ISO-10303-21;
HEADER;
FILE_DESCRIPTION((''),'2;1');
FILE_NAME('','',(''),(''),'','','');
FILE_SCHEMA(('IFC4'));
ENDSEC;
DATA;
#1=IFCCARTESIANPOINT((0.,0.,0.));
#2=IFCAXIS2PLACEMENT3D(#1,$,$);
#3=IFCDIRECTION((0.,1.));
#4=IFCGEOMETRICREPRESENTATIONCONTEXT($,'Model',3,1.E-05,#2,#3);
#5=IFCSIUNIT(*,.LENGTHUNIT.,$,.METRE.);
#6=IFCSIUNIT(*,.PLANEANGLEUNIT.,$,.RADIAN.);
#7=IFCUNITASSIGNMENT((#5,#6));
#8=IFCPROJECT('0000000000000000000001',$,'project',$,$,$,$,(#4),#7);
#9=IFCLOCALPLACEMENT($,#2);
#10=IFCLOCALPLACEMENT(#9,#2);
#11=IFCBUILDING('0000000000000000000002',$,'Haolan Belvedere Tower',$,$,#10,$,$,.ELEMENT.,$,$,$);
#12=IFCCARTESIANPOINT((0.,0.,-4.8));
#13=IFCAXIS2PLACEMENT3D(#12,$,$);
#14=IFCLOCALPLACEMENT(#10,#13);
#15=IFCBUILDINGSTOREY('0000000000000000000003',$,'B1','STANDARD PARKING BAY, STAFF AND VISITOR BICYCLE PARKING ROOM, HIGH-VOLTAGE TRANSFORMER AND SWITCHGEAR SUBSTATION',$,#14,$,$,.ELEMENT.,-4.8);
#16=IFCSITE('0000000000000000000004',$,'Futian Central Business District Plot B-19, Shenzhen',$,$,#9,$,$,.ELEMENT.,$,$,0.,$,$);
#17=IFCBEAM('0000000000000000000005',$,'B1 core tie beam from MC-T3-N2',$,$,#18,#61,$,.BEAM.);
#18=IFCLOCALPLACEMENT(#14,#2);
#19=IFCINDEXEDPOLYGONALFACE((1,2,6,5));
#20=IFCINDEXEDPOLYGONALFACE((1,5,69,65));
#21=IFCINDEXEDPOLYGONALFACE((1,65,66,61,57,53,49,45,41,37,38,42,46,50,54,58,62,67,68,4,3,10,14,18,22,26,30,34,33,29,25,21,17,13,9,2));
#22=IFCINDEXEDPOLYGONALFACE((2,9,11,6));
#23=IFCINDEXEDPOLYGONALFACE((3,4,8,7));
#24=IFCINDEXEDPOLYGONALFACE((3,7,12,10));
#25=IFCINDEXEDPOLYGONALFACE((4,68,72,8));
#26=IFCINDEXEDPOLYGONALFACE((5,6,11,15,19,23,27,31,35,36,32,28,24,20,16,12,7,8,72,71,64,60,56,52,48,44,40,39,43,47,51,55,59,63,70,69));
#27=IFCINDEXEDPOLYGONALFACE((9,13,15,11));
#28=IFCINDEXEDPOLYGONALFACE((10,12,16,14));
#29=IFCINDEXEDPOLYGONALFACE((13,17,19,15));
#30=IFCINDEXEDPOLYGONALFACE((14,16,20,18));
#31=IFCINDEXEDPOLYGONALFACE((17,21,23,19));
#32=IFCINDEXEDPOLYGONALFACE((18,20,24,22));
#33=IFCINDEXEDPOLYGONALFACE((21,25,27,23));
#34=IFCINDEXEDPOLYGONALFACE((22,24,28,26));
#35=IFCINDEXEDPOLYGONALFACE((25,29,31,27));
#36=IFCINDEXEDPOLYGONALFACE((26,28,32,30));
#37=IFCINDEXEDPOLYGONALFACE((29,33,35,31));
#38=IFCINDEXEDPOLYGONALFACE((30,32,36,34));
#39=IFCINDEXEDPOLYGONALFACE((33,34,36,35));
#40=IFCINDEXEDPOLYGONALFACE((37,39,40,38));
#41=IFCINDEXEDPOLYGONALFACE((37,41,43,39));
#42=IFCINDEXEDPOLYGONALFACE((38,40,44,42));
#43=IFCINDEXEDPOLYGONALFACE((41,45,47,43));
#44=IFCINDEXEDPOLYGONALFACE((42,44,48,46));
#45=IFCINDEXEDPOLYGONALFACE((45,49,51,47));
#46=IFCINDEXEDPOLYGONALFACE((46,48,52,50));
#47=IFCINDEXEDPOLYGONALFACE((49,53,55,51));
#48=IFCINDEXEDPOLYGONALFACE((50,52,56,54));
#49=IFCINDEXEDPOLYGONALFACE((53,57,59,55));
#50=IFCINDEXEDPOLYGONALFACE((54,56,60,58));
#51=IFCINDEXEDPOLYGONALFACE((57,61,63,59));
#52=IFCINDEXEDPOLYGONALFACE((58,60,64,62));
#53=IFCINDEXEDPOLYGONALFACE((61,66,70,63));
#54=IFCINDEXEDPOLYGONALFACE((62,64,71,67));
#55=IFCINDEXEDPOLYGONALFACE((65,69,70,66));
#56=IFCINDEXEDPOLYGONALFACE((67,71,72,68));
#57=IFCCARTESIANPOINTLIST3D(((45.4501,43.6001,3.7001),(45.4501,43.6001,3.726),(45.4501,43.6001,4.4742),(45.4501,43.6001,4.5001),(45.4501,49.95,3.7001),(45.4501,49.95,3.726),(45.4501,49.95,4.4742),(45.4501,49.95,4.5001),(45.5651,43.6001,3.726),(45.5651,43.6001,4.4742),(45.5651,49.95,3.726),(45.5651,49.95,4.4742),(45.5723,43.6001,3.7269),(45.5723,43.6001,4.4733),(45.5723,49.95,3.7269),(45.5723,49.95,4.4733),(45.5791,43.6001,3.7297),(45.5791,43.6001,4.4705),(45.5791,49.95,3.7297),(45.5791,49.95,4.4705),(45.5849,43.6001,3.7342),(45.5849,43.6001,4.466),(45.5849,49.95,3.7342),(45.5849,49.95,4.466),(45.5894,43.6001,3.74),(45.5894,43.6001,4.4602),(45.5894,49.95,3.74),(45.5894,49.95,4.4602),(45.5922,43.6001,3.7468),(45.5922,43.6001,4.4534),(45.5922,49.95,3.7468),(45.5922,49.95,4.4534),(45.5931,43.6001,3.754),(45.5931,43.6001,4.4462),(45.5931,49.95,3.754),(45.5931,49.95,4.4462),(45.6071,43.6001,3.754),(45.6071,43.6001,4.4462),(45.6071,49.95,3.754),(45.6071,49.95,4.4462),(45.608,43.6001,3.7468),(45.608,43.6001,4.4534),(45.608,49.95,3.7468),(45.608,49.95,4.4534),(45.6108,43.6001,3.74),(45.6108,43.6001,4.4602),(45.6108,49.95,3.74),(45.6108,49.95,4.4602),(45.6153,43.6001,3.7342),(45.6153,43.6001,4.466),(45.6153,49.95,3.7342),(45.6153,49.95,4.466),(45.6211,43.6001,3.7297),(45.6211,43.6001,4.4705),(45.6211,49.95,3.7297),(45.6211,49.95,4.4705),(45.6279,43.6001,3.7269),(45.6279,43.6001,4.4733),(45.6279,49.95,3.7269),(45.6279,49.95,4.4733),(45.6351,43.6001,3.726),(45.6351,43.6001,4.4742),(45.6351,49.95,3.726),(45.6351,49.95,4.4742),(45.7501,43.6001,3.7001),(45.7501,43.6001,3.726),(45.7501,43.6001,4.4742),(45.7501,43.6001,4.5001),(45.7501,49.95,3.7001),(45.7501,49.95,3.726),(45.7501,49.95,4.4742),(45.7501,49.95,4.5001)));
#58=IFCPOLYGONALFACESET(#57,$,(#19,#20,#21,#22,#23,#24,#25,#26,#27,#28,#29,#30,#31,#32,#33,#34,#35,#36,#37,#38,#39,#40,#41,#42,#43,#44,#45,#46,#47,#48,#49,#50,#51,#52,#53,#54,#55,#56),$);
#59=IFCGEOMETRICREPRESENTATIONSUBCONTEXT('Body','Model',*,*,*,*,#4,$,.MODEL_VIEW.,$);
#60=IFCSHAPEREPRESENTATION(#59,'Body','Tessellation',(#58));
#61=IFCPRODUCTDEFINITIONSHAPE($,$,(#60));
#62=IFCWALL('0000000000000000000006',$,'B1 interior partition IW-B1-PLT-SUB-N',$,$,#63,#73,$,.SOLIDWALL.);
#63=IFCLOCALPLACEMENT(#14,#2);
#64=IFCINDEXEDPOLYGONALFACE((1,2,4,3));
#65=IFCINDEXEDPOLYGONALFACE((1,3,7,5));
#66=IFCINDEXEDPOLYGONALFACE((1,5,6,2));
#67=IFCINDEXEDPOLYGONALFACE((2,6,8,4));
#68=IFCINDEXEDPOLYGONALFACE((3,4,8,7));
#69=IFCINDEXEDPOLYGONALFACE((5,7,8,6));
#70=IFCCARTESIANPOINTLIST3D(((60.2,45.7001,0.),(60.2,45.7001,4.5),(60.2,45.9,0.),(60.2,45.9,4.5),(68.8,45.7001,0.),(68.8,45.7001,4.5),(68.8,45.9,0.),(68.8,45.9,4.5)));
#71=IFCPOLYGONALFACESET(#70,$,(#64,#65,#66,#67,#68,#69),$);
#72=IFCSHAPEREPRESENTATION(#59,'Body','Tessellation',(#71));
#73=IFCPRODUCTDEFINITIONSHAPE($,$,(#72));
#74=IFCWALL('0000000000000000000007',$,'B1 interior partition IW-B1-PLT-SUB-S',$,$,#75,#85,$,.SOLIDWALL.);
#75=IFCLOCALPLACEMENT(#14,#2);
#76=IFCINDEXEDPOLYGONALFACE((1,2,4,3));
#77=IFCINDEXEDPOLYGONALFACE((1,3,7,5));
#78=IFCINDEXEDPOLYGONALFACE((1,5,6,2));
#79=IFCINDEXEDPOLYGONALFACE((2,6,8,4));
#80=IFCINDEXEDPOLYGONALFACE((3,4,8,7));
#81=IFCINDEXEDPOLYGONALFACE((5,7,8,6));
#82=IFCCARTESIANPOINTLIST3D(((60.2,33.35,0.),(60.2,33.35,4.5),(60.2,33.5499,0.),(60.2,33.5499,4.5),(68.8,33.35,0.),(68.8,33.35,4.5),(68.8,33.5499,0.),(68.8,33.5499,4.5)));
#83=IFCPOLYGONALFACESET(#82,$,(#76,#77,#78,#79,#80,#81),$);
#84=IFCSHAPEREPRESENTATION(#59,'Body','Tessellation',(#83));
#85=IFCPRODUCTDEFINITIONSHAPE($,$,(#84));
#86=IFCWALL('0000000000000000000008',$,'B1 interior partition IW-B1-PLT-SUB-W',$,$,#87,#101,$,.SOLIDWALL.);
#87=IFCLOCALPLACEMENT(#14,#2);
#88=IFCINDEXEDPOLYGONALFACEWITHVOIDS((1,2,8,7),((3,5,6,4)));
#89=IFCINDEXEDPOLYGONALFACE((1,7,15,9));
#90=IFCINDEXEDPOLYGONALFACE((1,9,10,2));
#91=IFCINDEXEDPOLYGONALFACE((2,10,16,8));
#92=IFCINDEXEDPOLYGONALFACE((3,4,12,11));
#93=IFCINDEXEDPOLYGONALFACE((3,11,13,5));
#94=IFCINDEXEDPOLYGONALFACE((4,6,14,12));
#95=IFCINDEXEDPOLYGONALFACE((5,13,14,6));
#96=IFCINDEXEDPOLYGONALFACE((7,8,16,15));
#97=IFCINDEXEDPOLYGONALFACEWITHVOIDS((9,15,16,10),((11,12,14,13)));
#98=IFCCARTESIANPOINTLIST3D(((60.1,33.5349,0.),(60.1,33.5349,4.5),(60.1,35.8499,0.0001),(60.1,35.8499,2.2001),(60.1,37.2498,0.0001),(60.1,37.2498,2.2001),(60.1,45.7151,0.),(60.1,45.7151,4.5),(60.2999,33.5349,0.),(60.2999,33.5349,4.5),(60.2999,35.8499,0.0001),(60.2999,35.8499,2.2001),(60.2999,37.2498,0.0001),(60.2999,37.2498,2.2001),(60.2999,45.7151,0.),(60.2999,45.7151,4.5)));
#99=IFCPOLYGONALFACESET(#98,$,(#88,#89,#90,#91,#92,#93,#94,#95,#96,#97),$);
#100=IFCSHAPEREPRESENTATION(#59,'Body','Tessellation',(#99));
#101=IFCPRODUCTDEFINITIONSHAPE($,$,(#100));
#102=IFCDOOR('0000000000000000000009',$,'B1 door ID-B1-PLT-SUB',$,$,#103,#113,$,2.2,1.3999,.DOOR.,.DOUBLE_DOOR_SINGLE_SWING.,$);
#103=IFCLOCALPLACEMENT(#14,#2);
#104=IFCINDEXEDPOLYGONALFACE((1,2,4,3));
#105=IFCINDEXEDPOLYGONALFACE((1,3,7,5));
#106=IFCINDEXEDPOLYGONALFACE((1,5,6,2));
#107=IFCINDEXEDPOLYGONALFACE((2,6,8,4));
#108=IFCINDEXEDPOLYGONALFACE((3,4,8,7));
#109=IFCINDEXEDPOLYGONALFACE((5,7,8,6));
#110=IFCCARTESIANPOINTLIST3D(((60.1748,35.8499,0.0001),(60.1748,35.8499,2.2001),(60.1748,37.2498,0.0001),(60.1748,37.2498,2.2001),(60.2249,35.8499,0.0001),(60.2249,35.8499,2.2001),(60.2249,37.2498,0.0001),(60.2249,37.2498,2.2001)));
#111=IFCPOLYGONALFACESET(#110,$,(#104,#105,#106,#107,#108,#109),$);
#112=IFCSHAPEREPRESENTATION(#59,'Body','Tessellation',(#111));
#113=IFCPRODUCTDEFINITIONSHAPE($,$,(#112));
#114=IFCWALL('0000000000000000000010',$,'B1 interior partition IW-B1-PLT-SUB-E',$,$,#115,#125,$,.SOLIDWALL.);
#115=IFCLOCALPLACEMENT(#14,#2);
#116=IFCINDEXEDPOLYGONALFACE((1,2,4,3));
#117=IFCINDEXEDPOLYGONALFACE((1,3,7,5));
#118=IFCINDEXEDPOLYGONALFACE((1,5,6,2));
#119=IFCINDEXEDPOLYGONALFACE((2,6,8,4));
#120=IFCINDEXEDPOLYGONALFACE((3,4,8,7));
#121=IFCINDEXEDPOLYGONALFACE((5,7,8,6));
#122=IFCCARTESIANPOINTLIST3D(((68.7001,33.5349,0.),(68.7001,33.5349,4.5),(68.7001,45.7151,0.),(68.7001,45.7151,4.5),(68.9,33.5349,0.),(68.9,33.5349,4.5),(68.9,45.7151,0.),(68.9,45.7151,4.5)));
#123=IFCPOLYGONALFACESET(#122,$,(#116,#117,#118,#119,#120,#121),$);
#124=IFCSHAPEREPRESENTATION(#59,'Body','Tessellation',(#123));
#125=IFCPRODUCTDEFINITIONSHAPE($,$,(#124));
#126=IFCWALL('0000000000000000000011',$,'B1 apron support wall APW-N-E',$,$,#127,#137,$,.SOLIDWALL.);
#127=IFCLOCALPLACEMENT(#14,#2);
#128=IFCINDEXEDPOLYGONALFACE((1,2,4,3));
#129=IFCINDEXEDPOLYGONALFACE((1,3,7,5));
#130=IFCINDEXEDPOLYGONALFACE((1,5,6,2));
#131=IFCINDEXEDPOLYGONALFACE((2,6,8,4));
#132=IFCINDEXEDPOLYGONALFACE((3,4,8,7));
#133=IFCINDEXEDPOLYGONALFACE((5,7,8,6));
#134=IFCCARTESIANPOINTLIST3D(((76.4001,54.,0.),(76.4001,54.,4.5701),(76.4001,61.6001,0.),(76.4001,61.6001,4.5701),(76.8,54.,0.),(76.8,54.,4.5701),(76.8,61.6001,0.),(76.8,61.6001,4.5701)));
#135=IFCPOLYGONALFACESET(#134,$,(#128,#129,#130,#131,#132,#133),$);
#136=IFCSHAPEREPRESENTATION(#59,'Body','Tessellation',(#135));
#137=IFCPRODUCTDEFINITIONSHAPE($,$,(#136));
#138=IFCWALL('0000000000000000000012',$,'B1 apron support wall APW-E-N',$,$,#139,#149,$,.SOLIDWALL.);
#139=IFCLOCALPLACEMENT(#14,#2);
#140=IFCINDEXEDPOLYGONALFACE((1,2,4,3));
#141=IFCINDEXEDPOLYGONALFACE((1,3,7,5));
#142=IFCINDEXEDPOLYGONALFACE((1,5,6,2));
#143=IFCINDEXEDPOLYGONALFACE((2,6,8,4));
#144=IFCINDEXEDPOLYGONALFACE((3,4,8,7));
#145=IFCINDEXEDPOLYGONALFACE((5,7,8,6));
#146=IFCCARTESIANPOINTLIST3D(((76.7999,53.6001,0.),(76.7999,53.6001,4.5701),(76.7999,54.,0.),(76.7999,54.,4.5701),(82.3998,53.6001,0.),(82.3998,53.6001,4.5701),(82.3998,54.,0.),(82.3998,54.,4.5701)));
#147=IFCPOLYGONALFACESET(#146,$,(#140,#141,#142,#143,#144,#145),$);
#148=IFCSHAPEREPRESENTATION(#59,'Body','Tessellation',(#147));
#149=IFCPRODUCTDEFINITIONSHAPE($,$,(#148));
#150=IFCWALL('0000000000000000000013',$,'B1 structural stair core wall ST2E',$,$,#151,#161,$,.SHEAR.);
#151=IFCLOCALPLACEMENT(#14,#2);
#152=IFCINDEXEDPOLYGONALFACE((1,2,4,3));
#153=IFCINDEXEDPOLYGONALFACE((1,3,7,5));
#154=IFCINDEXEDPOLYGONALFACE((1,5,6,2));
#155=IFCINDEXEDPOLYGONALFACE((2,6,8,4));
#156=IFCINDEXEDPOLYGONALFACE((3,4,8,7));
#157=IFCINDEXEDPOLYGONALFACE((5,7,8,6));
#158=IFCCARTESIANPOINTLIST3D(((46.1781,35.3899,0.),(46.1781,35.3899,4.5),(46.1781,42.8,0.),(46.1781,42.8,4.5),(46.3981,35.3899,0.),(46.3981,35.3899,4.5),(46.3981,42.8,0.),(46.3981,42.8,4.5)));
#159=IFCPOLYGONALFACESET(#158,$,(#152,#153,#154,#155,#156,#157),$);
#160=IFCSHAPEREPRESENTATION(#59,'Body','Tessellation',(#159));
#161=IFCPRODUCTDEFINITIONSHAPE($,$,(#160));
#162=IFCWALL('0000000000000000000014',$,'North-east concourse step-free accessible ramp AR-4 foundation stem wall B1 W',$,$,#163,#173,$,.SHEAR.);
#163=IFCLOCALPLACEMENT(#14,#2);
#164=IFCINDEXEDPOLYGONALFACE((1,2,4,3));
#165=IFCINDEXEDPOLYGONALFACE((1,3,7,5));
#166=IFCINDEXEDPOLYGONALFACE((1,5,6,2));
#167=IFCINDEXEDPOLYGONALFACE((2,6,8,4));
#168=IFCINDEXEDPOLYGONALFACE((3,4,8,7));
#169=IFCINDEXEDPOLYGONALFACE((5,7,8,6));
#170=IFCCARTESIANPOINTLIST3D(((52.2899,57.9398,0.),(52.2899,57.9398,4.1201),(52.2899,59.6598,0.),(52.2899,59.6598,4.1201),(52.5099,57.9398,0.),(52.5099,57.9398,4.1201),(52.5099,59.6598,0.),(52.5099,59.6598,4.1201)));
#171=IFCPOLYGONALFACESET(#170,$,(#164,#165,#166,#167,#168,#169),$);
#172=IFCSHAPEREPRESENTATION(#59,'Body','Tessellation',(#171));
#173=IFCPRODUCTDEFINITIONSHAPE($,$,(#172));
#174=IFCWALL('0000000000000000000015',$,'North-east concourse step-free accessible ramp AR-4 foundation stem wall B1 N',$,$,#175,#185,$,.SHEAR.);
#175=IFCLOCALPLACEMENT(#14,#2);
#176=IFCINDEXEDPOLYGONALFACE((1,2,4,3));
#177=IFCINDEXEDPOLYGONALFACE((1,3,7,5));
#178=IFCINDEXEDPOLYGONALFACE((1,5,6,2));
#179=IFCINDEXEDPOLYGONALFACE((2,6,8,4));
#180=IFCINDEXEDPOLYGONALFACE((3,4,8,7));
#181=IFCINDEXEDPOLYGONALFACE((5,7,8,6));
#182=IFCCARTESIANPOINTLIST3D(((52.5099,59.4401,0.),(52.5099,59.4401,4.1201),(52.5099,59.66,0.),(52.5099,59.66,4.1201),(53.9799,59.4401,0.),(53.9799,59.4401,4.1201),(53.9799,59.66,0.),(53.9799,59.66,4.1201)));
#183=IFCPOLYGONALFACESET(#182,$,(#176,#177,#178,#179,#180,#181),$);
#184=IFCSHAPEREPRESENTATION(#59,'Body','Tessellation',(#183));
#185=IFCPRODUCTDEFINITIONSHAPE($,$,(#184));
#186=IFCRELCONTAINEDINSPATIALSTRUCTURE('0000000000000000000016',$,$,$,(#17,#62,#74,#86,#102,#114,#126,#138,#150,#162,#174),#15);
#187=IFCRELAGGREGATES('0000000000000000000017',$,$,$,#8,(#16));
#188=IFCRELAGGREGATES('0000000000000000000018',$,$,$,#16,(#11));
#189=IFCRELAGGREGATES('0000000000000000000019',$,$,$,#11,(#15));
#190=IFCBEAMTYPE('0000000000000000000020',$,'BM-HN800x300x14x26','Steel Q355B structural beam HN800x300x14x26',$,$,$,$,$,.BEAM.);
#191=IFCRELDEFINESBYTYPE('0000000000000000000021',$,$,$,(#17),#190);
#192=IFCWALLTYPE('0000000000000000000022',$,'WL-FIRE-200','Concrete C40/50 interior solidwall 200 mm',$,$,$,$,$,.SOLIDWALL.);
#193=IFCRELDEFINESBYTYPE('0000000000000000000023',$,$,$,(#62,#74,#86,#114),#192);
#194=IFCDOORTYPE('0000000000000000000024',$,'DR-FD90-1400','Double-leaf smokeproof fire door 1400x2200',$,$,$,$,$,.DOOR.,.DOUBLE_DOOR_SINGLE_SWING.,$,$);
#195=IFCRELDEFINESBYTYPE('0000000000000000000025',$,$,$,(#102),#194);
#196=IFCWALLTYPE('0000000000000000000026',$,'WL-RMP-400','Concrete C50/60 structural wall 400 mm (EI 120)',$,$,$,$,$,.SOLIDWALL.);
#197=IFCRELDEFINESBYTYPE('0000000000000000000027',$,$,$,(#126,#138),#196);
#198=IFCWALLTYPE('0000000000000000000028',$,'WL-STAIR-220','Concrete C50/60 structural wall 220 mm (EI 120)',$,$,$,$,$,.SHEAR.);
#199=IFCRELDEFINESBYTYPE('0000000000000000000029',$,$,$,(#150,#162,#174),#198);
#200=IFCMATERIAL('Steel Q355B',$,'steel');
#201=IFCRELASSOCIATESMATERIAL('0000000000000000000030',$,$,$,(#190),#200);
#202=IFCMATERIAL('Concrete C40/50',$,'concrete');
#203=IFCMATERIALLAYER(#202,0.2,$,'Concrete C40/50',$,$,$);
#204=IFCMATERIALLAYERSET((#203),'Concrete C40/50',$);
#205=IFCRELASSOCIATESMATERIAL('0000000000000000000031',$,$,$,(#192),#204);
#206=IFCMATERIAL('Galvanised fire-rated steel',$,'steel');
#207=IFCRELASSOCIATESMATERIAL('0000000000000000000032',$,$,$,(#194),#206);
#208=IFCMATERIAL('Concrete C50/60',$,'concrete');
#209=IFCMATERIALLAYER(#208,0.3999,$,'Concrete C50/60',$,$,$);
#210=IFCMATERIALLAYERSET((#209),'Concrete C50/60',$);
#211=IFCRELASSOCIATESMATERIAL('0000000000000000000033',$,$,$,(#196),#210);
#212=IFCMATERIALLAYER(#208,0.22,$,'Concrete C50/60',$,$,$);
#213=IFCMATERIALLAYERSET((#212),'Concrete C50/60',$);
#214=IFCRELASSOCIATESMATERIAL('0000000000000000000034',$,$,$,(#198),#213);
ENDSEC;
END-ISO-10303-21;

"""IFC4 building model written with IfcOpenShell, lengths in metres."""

from ifc_helpers import new_model, si_unit, direction, frame, frame_2d, origin, origin_2d, place, context, subcontext, project, spatial, rectangle, i_section, extrude, material, layer, layer_set, material_profile, profile_set, type_object, element, fill, save


model = new_model("IFC4")

# Units and contexts
model_context = context("Model", 3, precision=1e-05, world=origin(), true_north=direction((0.0, 1.0)))
body_context = subcontext(model_context, "Body", "Model", "MODEL_VIEW")
ifc_project = project(units=[si_unit("LENGTHUNIT", "METRE"), si_unit("PLANEANGLEUNIT", "RADIAN")], contexts=[model_context])

# Site, building, storey
site_placement = place(None, origin())
site = spatial("IfcSite", under=ifc_project, at=site_placement, Name="Futian Central Business District Plot B-19, Shenzhen", CompositionType="ELEMENT", RefElevation=0.0)
building_placement = place(site_placement, origin())
building = spatial("IfcBuilding", under=site, at=building_placement, Name="Haolan Belvedere Tower", CompositionType="ELEMENT")
storey_placement = place(building_placement, frame((0.0, 0.0, -4.8)))
storey = spatial("IfcBuildingStorey", under=building, at=storey_placement, Name="B1", Description="STANDARD PARKING BAY, STAFF AND VISITOR BICYCLE PARKING ROOM, HIGH-VOLTAGE TRANSFORMER AND SWITCHGEAR SUBSTATION", CompositionType="ELEMENT", Elevation=-4.8)

# Shared definitions
ifc_material_1 = material(Name="Steel Q355B", Category="steel")
ifc_material_2 = material(Name="Concrete C50/60", Category="concrete")

# Beam
ifc_material_profile_1 = material_profile(ifc_material_1, i_section(OverallWidth=0.3, OverallDepth=0.8, WebThickness=0.0139, FlangeThickness=0.0259, FilletRadius=0.0281, at=origin_2d()), Name="Steel Q355B")
ifc_profile_set_1 = profile_set([ifc_material_profile_1], Name="Steel Q355B")
beam_type_1 = type_object("IfcBeamType", Name="BM-HN800x300x14x26", Description="Steel Q355B structural beam HN800x300x14x26", PredefinedType="BEAM", material=ifc_profile_set_1)
beam_1_placement = place(storey_placement, frame((45.6001, 49.95, 4.1001), z_axis=(0.0, -1.0, 0.0), x_axis=(1.0, 0.0, 0.0)))
element("IfcBeam", 1, at=beam_1_placement, inside=storey, type_object=beam_type_1, Name="B1 core tie beam from MC-T3-N2", PredefinedType="BEAM", context=body_context, shape_type="SweptSolid", body=[
    extrude(i_section(OverallWidth=0.3, OverallDepth=0.8, WebThickness=0.0139, FlangeThickness=0.0259, FilletRadius=0.0281, at=origin_2d()), origin(), (0.0, 0.0, 1.0), 6.3499),
])

# Shared definitions
ifc_material_3 = material(Name="Concrete C40/50", Category="concrete")
ifc_layer_1 = layer(ifc_material_3, 0.2, Name="Concrete C40/50")
ifc_layer_set_1 = layer_set([ifc_layer_1], Name="Concrete C40/50")
wall_type_1 = type_object("IfcWallType", Name="WL-FIRE-200", Description="Concrete C40/50 interior solidwall 200 mm", PredefinedType="SOLIDWALL", material=ifc_layer_set_1)
ifc_material_4 = material(Name="Galvanised fire-rated steel", Category="steel")

# Walls
for number, where, z_axis, x_axis, name in (
    (2, (60.2, 45.8, 0.0), (0.0, 0.0, 1.0), (1.0, 0.0, 0.0), "B1 interior partition IW-B1-PLT-SUB-N"),
    (3, (60.2, 33.45, 0.0), (0.0, 0.0, 1.0), (1.0, 0.0, 0.0), "B1 interior partition IW-B1-PLT-SUB-S"),
):
    element("IfcWall", number, at=place(storey_placement, frame(where, z_axis=z_axis, x_axis=x_axis)), inside=storey, type_object=wall_type_1, Name=name, PredefinedType="SOLIDWALL", context=body_context, shape_type="SweptSolid", body=[
        extrude(rectangle(XDim=8.6001, YDim=0.2, at=frame_2d((4.3, 0.0))), origin(), (0.0, 0.0, 1.0), 4.5),
    ])

# Wall, opening, door
wall_1_placement = place(storey_placement, frame((60.2, 33.5349, 0.0), z_axis=(0.0, 0.0, 1.0), x_axis=(0.0, 1.0, 0.0)))
wall_1 = element("IfcWall", 4, at=wall_1_placement, inside=storey, type_object=wall_type_1, Name="B1 interior partition IW-B1-PLT-SUB-W", PredefinedType="SOLIDWALL", context=body_context, shape_type="SweptSolid", body=[
    extrude(rectangle(XDim=12.1802, YDim=0.2, at=frame_2d((6.0901, 0.0))), origin(), (0.0, 0.0, 1.0), 4.5),
])
opening_1_placement = place(wall_1_placement, frame((3.7148, 0.0, 0.0), z_axis=(0.0, 0.0, 1.0), x_axis=(-1.0, 0.0, 0.0)))
opening_1 = element("IfcOpeningElement", 5, at=opening_1_placement, cuts=wall_1, PredefinedType="OPENING", context=body_context, shape_type="SweptSolid", body=[
    extrude(rectangle(XDim=1.3999, YDim=2.2, at=frame_2d((0.7, 1.1001))), frame((0.0, 0.1099, 0.0), z_axis=(0.0, -1.0, 0.0), x_axis=(1.0, 0.0, 0.0)), (0.0, 0.0, 1.0), 0.22),
])
door_type_1 = type_object("IfcDoorType", Name="DR-FD90-1400", Description="Double-leaf smokeproof fire door 1400x2200", OperationType="DOUBLE_DOOR_SINGLE_SWING", PredefinedType="DOOR", material=ifc_material_4)
door_1_placement = place(opening_1_placement, origin())
door_1 = element("IfcDoor", 6, at=door_1_placement, inside=storey, type_object=door_type_1, Name="B1 door ID-B1-PLT-SUB", OperationType="DOUBLE_DOOR_SINGLE_SWING", OverallHeight=2.2, OverallWidth=1.3999, PredefinedType="DOOR", context=body_context, shape_type="SweptSolid", body=[
    extrude(rectangle(XDim=1.3999, YDim=2.2, at=frame_2d((0.7, 1.1001))), frame((0.0, 0.0249, 0.0), z_axis=(0.0, -1.0, 0.0), x_axis=(1.0, 0.0, 0.0)), (0.0, 0.0, 1.0), 0.05),
])
fill(opening_1, door_1)

# Walls
wall_2_placement = place(storey_placement, frame((68.8, 33.5349, 0.0), z_axis=(0.0, 0.0, 1.0), x_axis=(0.0, 1.0, 0.0)))
element("IfcWall", 7, at=wall_2_placement, inside=storey, type_object=wall_type_1, Name="B1 interior partition IW-B1-PLT-SUB-E", PredefinedType="SOLIDWALL", context=body_context, shape_type="SweptSolid", body=[
    extrude(rectangle(XDim=12.1802, YDim=0.2, at=frame_2d((6.0901, 0.0))), origin(), (0.0, 0.0, 1.0), 4.5),
])
ifc_layer_2 = layer(ifc_material_2, 0.3999, Name="Concrete C50/60")
ifc_layer_set_2 = layer_set([ifc_layer_2], Name="Concrete C50/60")
wall_type_2 = type_object("IfcWallType", Name="WL-RMP-400", Description="Concrete C50/60 structural wall 400 mm (EI 120)", PredefinedType="SOLIDWALL", material=ifc_layer_set_2)
wall_3_placement = place(storey_placement, frame((76.6001, 54.0, 0.0), z_axis=(0.0, 0.0, 1.0), x_axis=(0.0, 1.0, 0.0)))
element("IfcWall", 8, at=wall_3_placement, inside=storey, type_object=wall_type_2, Name="B1 apron support wall APW-N-E", PredefinedType="SOLIDWALL", context=body_context, shape_type="SweptSolid", body=[
    extrude(rectangle(XDim=7.6001, YDim=0.3999, at=frame_2d((3.8, 0.0))), origin(), (0.0, 0.0, 1.0), 4.5701),
])
wall_4_placement = place(storey_placement, frame((76.8, 53.8, 0.0), z_axis=(0.0, 0.0, 1.0), x_axis=(1.0, 0.0, 0.0)))
element("IfcWall", 9, at=wall_4_placement, inside=storey, type_object=wall_type_2, Name="B1 apron support wall APW-E-N", PredefinedType="SOLIDWALL", context=body_context, shape_type="SweptSolid", body=[
    extrude(rectangle(XDim=5.5999, YDim=0.3999, at=frame_2d((2.7998, 0.0))), origin(), (0.0, 0.0, 1.0), 4.5701),
])
ifc_layer_3 = layer(ifc_material_2, 0.22, Name="Concrete C50/60")
ifc_layer_set_3 = layer_set([ifc_layer_3], Name="Concrete C50/60")
wall_type_3 = type_object("IfcWallType", Name="WL-STAIR-220", Description="Concrete C50/60 structural wall 220 mm (EI 120)", PredefinedType="SHEAR", material=ifc_layer_set_3)
wall_5_placement = place(storey_placement, frame((46.2881, 35.3899, 0.0), z_axis=(0.0, 0.0, 1.0), x_axis=(0.0, 1.0, 0.0)))
element("IfcWall", 10, at=wall_5_placement, inside=storey, type_object=wall_type_3, Name="B1 structural stair core wall ST2E", PredefinedType="SHEAR", context=body_context, shape_type="SweptSolid", body=[
    extrude(rectangle(XDim=7.4102, YDim=0.22, at=frame_2d((3.7051, 0.0))), origin(), (0.0, 0.0, 1.0), 4.5),
])

# Walls
wall_6_placement = place(storey_placement, frame((52.3999, 57.9399, 0.0), z_axis=(0.0, 0.0, 1.0), x_axis=(0.0, 1.0, 0.0)))
element("IfcWall", 11, at=wall_6_placement, inside=storey, type_object=wall_type_3, Name="North-east concourse step-free accessible ramp AR-4 foundation stem wall B1 W", PredefinedType="SHEAR", context=body_context, shape_type="SweptSolid", body=[
    extrude(rectangle(XDim=1.72, YDim=0.22, at=frame_2d((0.8599, 0.0))), origin(), (0.0, 0.0, 1.0), 4.1201),
])
for number, where, z_axis, x_axis, name in (
    (12, (52.51, 59.55, 0.0), (0.0, 0.0, 1.0), (1.0, 0.0, 0.0), "North-east concourse step-free accessible ramp AR-4 foundation stem wall B1 N"),
):
    element("IfcWall", number, at=place(storey_placement, frame(where, z_axis=z_axis, x_axis=x_axis)), inside=storey, type_object=wall_type_3, Name=name, PredefinedType="SHEAR", context=body_context, shape_type="SweptSolid", body=[
        extrude(rectangle(XDim=1.47, YDim=0.22, at=frame_2d((0.7349, 0.0))), origin(), (0.0, 0.0, 1.0), 4.1201),
    ])

save(model, "model.ifc")
